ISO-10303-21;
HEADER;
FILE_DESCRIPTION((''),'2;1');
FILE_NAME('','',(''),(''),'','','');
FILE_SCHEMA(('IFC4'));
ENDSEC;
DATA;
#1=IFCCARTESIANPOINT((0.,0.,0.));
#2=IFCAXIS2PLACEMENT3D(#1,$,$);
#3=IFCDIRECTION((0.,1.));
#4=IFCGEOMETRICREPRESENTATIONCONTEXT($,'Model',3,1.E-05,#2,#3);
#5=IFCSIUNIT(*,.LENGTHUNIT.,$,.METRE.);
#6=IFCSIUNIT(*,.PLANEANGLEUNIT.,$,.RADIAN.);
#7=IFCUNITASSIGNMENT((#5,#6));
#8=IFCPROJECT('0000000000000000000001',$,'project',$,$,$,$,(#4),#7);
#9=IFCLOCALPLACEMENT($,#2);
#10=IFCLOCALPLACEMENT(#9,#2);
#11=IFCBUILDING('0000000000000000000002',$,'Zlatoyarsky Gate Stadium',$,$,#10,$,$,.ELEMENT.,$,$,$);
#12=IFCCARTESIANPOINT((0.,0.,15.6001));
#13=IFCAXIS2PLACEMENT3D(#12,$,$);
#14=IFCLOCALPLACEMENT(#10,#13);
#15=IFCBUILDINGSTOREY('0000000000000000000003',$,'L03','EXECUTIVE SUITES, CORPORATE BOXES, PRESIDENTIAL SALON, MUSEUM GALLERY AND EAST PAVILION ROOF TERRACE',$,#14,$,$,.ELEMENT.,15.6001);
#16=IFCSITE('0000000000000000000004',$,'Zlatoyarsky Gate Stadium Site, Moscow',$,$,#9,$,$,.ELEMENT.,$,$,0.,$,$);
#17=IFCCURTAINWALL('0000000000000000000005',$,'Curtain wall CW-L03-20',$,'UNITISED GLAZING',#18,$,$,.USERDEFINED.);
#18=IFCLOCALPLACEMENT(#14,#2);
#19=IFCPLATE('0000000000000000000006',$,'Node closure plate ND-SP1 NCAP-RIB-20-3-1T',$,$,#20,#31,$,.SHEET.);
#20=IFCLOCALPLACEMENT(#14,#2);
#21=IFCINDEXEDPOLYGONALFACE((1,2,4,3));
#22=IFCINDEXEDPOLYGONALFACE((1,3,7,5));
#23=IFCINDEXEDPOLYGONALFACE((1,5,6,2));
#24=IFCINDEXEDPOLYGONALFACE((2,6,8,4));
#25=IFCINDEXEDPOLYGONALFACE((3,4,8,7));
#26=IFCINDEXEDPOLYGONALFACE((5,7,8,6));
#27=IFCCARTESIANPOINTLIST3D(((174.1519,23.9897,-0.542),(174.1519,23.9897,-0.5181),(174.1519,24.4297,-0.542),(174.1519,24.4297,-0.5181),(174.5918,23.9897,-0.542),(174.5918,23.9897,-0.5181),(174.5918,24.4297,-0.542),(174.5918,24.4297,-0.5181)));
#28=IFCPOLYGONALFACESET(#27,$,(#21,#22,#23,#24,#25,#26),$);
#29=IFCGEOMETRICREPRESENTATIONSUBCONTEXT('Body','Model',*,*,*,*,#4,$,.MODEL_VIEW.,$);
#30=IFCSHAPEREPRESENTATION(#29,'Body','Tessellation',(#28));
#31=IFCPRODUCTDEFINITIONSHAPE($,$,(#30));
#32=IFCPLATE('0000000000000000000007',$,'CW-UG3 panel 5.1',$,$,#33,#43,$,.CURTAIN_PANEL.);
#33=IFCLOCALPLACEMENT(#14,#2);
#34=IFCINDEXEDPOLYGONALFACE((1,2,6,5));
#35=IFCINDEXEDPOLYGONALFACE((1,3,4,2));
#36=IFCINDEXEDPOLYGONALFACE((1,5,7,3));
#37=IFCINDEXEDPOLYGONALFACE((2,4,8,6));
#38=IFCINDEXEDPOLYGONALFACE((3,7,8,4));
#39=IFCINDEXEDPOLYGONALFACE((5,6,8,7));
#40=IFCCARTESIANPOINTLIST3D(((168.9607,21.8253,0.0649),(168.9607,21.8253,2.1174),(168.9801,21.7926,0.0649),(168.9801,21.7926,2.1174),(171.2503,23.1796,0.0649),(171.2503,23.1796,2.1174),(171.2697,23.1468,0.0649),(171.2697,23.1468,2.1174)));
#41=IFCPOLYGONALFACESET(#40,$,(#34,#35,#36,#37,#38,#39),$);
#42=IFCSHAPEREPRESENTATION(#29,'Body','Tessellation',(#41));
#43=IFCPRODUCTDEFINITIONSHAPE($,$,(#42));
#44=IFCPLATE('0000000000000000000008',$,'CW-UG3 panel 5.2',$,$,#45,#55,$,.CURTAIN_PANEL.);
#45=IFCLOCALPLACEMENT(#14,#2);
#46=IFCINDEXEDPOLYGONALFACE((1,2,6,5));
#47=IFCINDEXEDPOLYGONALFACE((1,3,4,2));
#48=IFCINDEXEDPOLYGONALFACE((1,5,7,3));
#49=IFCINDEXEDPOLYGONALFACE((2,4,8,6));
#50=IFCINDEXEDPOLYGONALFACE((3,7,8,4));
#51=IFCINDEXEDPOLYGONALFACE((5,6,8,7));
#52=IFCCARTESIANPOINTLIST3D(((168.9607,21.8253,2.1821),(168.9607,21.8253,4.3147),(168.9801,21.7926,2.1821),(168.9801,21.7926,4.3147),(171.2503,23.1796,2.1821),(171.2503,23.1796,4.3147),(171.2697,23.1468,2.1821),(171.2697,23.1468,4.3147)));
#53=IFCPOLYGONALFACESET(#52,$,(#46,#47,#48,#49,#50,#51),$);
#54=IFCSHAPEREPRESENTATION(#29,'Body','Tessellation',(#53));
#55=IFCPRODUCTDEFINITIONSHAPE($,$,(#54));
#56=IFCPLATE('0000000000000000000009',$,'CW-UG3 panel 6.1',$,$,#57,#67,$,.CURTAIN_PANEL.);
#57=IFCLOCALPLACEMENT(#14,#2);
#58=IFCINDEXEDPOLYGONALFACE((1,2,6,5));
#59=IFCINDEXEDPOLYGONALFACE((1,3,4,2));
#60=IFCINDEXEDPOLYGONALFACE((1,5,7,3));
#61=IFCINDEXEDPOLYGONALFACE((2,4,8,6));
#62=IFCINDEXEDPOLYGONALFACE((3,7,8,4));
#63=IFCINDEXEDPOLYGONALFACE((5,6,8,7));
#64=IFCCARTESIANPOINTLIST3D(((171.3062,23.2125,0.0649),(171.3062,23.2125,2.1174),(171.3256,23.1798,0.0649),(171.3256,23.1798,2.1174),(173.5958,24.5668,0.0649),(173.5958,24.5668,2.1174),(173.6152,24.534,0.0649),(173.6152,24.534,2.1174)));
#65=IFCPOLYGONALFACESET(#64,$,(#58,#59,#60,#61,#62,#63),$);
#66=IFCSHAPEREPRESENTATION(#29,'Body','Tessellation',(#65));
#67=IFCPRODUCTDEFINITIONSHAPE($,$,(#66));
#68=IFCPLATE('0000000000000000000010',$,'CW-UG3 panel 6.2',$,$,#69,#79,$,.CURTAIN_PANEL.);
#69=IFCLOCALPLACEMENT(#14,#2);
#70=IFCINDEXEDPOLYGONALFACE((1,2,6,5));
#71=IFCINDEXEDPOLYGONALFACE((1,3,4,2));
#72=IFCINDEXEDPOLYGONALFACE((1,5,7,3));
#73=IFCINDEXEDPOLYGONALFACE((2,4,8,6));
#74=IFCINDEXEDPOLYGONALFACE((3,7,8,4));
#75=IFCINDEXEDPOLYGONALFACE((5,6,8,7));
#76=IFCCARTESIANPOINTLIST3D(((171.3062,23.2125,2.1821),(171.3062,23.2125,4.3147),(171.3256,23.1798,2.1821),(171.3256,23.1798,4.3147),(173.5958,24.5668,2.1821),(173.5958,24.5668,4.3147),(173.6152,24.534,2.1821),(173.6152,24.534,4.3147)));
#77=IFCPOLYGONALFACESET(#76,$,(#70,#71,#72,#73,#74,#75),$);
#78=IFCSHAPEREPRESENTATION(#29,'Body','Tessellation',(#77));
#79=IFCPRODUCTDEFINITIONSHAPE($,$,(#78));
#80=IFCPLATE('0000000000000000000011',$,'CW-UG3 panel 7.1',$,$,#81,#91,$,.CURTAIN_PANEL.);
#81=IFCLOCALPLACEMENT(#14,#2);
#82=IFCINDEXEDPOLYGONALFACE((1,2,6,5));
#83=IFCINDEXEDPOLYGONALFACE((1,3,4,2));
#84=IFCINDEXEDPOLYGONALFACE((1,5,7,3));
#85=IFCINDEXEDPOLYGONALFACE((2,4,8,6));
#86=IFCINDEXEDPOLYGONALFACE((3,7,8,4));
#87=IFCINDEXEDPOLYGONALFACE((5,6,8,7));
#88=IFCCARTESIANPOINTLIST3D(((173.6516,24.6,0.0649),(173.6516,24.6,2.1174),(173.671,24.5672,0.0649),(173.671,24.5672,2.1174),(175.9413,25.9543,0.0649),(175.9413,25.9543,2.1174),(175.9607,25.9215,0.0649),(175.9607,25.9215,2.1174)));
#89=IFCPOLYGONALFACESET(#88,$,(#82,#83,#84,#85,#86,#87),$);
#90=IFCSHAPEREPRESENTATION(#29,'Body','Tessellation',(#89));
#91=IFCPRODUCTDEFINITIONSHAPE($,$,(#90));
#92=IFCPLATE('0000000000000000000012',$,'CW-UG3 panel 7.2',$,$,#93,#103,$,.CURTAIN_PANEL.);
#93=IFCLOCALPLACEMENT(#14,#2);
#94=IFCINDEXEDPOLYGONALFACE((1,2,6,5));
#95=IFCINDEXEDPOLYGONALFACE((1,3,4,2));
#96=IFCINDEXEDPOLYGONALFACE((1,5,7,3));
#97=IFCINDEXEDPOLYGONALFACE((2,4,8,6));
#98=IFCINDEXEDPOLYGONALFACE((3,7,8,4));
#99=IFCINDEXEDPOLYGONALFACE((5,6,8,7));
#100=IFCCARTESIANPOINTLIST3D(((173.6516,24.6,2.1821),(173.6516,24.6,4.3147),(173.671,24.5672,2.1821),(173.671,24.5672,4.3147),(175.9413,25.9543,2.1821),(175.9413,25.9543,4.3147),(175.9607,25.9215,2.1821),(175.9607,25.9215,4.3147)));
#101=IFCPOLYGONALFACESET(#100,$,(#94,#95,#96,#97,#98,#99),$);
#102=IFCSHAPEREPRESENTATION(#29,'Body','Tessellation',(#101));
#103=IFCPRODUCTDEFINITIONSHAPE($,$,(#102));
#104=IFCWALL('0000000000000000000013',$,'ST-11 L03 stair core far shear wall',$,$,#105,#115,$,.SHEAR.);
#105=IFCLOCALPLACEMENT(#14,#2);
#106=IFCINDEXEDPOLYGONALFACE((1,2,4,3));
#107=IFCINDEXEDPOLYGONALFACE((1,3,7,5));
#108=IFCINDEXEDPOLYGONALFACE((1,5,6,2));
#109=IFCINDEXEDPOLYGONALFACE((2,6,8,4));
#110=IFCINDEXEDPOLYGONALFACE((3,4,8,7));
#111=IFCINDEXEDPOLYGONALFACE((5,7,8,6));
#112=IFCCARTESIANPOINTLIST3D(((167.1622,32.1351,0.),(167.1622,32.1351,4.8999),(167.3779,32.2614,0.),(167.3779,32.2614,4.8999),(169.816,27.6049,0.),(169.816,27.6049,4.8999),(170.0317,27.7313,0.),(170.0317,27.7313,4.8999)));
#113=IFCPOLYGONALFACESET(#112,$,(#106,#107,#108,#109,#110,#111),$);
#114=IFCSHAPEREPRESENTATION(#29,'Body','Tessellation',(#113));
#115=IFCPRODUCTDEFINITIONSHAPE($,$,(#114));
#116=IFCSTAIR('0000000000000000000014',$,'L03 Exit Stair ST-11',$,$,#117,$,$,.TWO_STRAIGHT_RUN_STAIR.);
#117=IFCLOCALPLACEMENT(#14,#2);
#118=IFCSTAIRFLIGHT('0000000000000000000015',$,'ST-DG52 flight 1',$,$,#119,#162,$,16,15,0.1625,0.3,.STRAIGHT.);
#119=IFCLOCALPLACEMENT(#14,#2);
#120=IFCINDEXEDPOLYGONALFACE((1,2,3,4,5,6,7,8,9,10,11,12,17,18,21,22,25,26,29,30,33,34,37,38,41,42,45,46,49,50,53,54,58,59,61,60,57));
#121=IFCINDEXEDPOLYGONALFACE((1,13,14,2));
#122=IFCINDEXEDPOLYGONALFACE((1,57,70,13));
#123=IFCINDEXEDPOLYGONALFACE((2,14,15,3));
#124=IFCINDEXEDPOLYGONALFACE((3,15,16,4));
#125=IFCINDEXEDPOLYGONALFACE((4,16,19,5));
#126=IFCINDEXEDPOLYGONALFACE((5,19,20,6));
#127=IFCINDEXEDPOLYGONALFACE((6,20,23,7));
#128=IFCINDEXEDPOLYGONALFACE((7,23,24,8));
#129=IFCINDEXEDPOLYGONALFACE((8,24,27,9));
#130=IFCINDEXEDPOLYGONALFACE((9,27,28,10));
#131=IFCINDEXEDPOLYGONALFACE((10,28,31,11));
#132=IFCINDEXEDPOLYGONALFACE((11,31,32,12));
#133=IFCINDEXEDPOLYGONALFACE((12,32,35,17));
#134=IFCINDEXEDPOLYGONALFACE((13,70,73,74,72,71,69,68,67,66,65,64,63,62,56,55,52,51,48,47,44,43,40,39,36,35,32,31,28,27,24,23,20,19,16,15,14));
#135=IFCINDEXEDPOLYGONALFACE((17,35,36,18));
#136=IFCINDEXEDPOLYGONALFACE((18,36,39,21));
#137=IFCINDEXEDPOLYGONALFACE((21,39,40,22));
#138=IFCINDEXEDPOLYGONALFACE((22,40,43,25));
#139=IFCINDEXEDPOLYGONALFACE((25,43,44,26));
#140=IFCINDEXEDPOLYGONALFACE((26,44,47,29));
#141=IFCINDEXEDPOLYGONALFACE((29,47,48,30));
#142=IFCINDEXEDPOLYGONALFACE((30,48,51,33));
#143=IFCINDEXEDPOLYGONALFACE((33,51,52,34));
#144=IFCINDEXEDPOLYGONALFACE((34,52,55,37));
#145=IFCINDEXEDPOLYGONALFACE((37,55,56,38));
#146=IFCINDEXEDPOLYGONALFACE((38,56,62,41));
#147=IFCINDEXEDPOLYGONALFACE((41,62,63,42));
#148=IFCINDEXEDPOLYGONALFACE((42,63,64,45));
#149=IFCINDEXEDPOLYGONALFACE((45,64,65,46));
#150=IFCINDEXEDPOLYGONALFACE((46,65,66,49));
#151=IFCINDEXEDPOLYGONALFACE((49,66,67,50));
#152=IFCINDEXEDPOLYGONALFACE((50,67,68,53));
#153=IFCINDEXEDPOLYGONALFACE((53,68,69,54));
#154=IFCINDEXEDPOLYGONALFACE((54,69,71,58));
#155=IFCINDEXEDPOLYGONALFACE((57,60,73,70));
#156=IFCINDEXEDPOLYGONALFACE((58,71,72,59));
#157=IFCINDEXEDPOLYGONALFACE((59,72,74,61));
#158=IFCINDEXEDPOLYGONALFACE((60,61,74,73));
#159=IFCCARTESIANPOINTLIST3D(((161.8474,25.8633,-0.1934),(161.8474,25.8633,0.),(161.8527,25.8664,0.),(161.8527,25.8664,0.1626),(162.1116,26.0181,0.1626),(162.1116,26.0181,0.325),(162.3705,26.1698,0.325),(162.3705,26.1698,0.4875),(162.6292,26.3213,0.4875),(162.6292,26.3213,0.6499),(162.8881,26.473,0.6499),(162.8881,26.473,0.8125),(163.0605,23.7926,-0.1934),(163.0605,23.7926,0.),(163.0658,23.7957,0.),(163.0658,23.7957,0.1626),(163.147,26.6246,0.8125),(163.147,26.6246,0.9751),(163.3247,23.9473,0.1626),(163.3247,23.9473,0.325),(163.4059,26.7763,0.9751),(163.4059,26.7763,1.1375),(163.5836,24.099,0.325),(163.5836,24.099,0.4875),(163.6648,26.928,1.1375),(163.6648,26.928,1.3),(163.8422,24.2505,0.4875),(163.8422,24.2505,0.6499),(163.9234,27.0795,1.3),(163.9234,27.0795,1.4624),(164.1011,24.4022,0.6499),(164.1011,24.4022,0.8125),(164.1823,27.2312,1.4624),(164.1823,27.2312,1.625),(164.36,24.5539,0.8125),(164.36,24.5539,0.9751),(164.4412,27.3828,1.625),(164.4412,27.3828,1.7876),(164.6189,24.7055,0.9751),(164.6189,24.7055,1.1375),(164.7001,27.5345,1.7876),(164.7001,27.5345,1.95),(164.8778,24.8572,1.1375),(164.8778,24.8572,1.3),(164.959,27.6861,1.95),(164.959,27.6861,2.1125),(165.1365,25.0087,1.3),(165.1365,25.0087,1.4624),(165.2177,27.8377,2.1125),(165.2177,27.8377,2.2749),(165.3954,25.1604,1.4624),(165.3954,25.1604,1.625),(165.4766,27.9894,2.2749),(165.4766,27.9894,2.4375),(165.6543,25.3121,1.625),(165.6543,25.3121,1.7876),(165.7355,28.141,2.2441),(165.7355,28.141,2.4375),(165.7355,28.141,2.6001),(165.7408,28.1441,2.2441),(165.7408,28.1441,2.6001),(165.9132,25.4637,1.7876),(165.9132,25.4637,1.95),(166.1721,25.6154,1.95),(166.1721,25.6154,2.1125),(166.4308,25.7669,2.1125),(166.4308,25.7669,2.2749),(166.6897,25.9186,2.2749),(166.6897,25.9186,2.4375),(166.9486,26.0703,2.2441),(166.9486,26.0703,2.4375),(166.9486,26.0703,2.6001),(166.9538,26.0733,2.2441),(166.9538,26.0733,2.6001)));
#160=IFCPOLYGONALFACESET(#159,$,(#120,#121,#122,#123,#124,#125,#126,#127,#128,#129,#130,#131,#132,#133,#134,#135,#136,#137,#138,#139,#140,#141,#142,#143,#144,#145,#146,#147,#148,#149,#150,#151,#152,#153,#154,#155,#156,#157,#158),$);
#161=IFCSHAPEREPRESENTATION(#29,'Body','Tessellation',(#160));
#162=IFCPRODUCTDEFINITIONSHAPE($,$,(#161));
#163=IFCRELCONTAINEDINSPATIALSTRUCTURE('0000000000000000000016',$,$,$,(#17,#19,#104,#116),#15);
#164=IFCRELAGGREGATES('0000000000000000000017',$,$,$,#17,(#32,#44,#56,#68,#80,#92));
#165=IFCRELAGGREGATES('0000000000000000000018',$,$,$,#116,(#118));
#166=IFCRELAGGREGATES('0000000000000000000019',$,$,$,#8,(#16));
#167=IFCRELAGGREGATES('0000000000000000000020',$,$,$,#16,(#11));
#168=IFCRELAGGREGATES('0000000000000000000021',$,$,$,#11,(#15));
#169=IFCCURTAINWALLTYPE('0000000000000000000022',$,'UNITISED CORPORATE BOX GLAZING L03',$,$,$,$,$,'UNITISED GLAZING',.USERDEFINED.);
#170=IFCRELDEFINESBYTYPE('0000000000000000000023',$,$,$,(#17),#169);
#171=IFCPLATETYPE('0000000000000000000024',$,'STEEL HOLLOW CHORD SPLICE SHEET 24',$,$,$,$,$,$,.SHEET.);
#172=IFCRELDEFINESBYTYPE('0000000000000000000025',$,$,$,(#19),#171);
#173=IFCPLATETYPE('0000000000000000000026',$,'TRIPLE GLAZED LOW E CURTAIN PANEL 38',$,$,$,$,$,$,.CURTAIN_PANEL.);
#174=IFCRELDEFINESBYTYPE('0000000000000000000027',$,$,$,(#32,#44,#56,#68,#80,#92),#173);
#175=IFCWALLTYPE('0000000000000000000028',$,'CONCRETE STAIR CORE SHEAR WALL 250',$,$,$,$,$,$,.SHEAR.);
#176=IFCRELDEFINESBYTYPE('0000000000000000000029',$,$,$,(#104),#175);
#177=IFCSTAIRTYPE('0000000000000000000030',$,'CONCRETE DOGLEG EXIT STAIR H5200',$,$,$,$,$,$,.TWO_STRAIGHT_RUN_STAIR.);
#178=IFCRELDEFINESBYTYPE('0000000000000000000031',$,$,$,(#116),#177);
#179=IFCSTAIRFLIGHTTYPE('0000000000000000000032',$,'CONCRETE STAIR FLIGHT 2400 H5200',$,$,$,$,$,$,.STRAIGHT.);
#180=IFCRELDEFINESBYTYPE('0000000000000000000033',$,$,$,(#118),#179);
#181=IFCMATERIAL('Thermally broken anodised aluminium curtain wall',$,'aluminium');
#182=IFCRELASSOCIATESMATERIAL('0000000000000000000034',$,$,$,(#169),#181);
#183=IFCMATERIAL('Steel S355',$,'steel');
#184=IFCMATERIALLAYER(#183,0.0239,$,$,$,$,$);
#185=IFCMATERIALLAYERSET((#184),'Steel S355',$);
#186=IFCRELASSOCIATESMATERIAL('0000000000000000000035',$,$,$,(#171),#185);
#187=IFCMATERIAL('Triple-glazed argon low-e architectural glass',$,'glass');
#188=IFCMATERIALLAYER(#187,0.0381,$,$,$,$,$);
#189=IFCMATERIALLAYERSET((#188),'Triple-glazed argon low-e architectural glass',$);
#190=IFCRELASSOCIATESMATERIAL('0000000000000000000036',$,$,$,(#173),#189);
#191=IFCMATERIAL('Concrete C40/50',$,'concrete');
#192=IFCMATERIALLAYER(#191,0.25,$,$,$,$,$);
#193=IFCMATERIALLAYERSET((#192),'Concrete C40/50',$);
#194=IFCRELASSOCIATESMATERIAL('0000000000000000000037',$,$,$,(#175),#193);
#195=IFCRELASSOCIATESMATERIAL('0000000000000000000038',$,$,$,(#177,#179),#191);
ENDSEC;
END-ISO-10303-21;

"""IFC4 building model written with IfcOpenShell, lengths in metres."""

from ifc_helpers import new_model, si_unit, direction, frame, frame_2d, origin, origin_2d, place, context, subcontext, project, spatial, polyline, rectangle, outline, extrude, material, layer, layer_set, type_object, element, aggregate, save


model = new_model("IFC4")

# Units and contexts
model_context = context("Model", 3, precision=1e-05, world=origin(), true_north=direction((0.0, 1.0)))
body_context = subcontext(model_context, "Body", "Model", "MODEL_VIEW")
ifc_project = project(units=[si_unit("LENGTHUNIT", "METRE"), si_unit("PLANEANGLEUNIT", "RADIAN")], contexts=[model_context])

# Site, building, storey
site_placement = place(None, origin())
site = spatial("IfcSite", under=ifc_project, at=site_placement, Name="Zlatoyarsky Gate Stadium Site, Moscow", CompositionType="ELEMENT", RefElevation=0.0)
building_placement = place(site_placement, origin())
building = spatial("IfcBuilding", under=site, at=building_placement, Name="Zlatoyarsky Gate Stadium", CompositionType="ELEMENT")
storey_placement = place(building_placement, frame((0.0, 0.0, 15.6001)))
storey = spatial("IfcBuildingStorey", under=building, at=storey_placement, Name="L03", Description="EXECUTIVE SUITES, CORPORATE BOXES, PRESIDENTIAL SALON, MUSEUM GALLERY AND EAST PAVILION ROOF TERRACE", CompositionType="ELEMENT", Elevation=15.6001)

# Curtain wall
ifc_material_1 = material(Name="Thermally broken anodised aluminium curtain wall", Category="aluminium")
curtain_wall_type = type_object("IfcCurtainWallType", Name="UNITISED CORPORATE BOX GLAZING L03", ElementType="UNITISED GLAZING", PredefinedType="USERDEFINED", material=ifc_material_1)
curtain_wall_placement = place(storey_placement, origin())
curtain_wall = element("IfcCurtainWall", 1, at=curtain_wall_placement, inside=storey, type_object=curtain_wall_type, Name="Curtain wall CW-L03-20", ObjectType="UNITISED GLAZING", PredefinedType="USERDEFINED")

# Shared definitions
ifc_material_2 = material(Name="Steel S355", Category="steel")

# Plates
ifc_layer_1 = layer(ifc_material_2, 0.0239)
ifc_layer_set_1 = layer_set([ifc_layer_1], Name="Steel S355")
plate_type_1 = type_object("IfcPlateType", Name="STEEL HOLLOW CHORD SPLICE SHEET 24", PredefinedType="SHEET", material=ifc_layer_set_1)
plate_1_placement = place(storey_placement, frame((174.3718, 24.2097, -0.542), z_axis=(0.0, 0.0, 1.0), x_axis=(1.0, 0.0, 0.0)))
element("IfcPlate", 2, at=plate_1_placement, inside=storey, type_object=plate_type_1, Name="Node closure plate ND-SP1 NCAP-RIB-20-3-1T", PredefinedType="SHEET", context=body_context, shape_type="SweptSolid", body=[
    extrude(rectangle(XDim=0.4399, YDim=0.4399, at=origin_2d()), origin(), (0.0, 0.0, 1.0), 0.0239),
])
ifc_material_3 = material(Name="Triple-glazed argon low-e architectural glass", Category="glass")
ifc_layer_2 = layer(ifc_material_3, 0.0381)
ifc_layer_set_2 = layer_set([ifc_layer_2], Name="Triple-glazed argon low-e architectural glass")
plate_type_2 = type_object("IfcPlateType", Name="TRIPLE GLAZED LOW E CURTAIN PANEL 38", PredefinedType="CURTAIN_PANEL", material=ifc_layer_set_2)
plate_2_placement = place(storey_placement, frame((170.1152, 22.4861, 0.0649), z_axis=(0.0, 0.0, 1.0), x_axis=(0.860708, 0.509098, 0.0)))
plate_2 = element("IfcPlate", 3, at=plate_2_placement, type_object=plate_type_2, Name="CW-UG3 panel 5.1", PredefinedType="CURTAIN_PANEL", context=body_context, shape_type="SweptSolid", body=[
    extrude(rectangle(XDim=2.6602, YDim=0.0381, at=origin_2d()), origin(), (0.0, 0.0, 1.0), 2.0525),
])
plate_3_placement = place(storey_placement, frame((170.1152, 22.4861, 2.1821), z_axis=(0.0, 0.0, 1.0), x_axis=(0.860708, 0.509098, 0.0)))
plate_3 = element("IfcPlate", 4, at=plate_3_placement, type_object=plate_type_2, Name="CW-UG3 panel 5.2", PredefinedType="CURTAIN_PANEL", context=body_context, shape_type="SweptSolid", body=[
    extrude(rectangle(XDim=2.6602, YDim=0.0381, at=origin_2d()), origin(), (0.0, 0.0, 1.0), 2.1326),
])
plate_4_placement = place(storey_placement, frame((172.4607, 23.8733, 0.0649), z_axis=(0.0, 0.0, 1.0), x_axis=(0.860708, 0.509098, 0.0)))
plate_4 = element("IfcPlate", 5, at=plate_4_placement, type_object=plate_type_2, Name="CW-UG3 panel 6.1", PredefinedType="CURTAIN_PANEL", context=body_context, shape_type="SweptSolid", body=[
    extrude(rectangle(XDim=2.6602, YDim=0.0381, at=origin_2d()), origin(), (0.0, 0.0, 1.0), 2.0525),
])
plate_5_placement = place(storey_placement, frame((172.4607, 23.8733, 2.1821), z_axis=(0.0, 0.0, 1.0), x_axis=(0.860708, 0.509098, 0.0)))
plate_5 = element("IfcPlate", 6, at=plate_5_placement, type_object=plate_type_2, Name="CW-UG3 panel 6.2", PredefinedType="CURTAIN_PANEL", context=body_context, shape_type="SweptSolid", body=[
    extrude(rectangle(XDim=2.6602, YDim=0.0381, at=origin_2d()), origin(), (0.0, 0.0, 1.0), 2.1326),
])
plate_6_placement = place(storey_placement, frame((174.8062, 25.2607, 0.0649), z_axis=(0.0, 0.0, 1.0), x_axis=(0.860708, 0.509098, 0.0)))
plate_6 = element("IfcPlate", 7, at=plate_6_placement, type_object=plate_type_2, Name="CW-UG3 panel 7.1", PredefinedType="CURTAIN_PANEL", context=body_context, shape_type="SweptSolid", body=[
    extrude(rectangle(XDim=2.6602, YDim=0.0381, at=origin_2d()), origin(), (0.0, 0.0, 1.0), 2.0525),
])
plate_7_placement = place(storey_placement, frame((174.8062, 25.2607, 2.1821), z_axis=(0.0, 0.0, 1.0), x_axis=(0.860708, 0.509098, 0.0)))
plate_7 = element("IfcPlate", 8, at=plate_7_placement, type_object=plate_type_2, Name="CW-UG3 panel 7.2", PredefinedType="CURTAIN_PANEL", context=body_context, shape_type="SweptSolid", body=[
    extrude(rectangle(XDim=2.6602, YDim=0.0381, at=origin_2d()), origin(), (0.0, 0.0, 1.0), 2.1326),
])
aggregate(curtain_wall, [plate_2, plate_3, plate_4, plate_5, plate_6, plate_7])

# Wall
ifc_material_4 = material(Name="Concrete C40/50", Category="concrete")
ifc_layer_3 = layer(ifc_material_4, 0.25)
ifc_layer_set_3 = layer_set([ifc_layer_3], Name="Concrete C40/50")
wall_type = type_object("IfcWallType", Name="CONCRETE STAIR CORE SHEAR WALL 250", PredefinedType="SHEAR", material=ifc_layer_set_3)
wall_placement = place(storey_placement, frame((169.9238, 27.6682, 0.0), z_axis=(0.0, 0.0, 1.0), x_axis=(-0.505475, 0.862841, 0.0)))
element("IfcWall", 9, at=wall_placement, inside=storey, type_object=wall_type, Name="ST-11 L03 stair core far shear wall", PredefinedType="SHEAR", context=body_context, shape_type="SweptSolid", body=[
    extrude(rectangle(XDim=5.2502, YDim=0.25, at=frame_2d((2.625, 0.0))), origin(), (0.0, 0.0, 1.0), 4.8999),
])

# Stair, stair flight
stair_type = type_object("IfcStairType", Name="CONCRETE DOGLEG EXIT STAIR H5200", PredefinedType="TWO_STRAIGHT_RUN_STAIR", material=ifc_material_4)
stair_placement = place(storey_placement, origin())
stair = element("IfcStair", 10, at=stair_placement, inside=storey, type_object=stair_type, Name="L03 Exit Stair ST-11", PredefinedType="TWO_STRAIGHT_RUN_STAIR")
stair_flight_type = type_object("IfcStairFlightType", Name="CONCRETE STAIR FLIGHT 2400 H5200", PredefinedType="STRAIGHT", material=ifc_material_4)
stair_flight_placement = place(storey_placement, frame((162.4592, 24.8311, 0.0), z_axis=(0.0, 0.0, 1.0), x_axis=(0.862848, 0.505463, 0.0)))
stair_flight = element("IfcStairFlight", 11, at=stair_flight_placement, type_object=stair_flight_type, Name="ST-DG52 flight 1", NumberOfRisers=16, NumberOfTreads=15, PredefinedType="STRAIGHT", RiserHeight=0.1625, TreadLength=0.3, context=body_context, shape_type="SweptSolid", body=[
    extrude(outline(polyline([(-0.0061, -0.1934), (-0.0061, 0.0), (0.0, 0.0), (0.0, 0.1626), (0.3, 0.1626), (0.3, 0.325), (0.6001, 0.325), (0.6001, 0.4875), (0.8999, 0.4875), (0.8999, 0.6499), (1.2, 0.6499), (1.2, 0.8125), (1.5, 0.8125), (1.5, 0.9751), (1.8, 0.9751), (1.8, 1.1375), (2.1001, 1.1375), (2.1001, 1.3), (2.3999, 1.3), (2.3999, 1.4624), (2.7, 1.4624), (2.7, 1.625), (3.0, 1.625), (3.0, 1.7876), (3.3, 1.7876), (3.3, 1.95), (3.6001, 1.95), (3.6001, 2.1125), (3.8999, 2.1125), (3.8999, 2.2749), (4.2, 2.2749), (4.2, 2.4375), (4.5, 2.4375), (4.5, 2.6001), (4.5061, 2.6001), (4.5061, 2.2441), (4.5, 2.2441), (-0.0061, -0.1934)])), frame((0.0, 1.2, 0.0), z_axis=(0.0, -1.0, 0.0), x_axis=(1.0, 0.0, 0.0)), (0.0, 0.0, 1.0), 2.3999),
])
aggregate(stair, [stair_flight])

save(model, "model.ifc")
